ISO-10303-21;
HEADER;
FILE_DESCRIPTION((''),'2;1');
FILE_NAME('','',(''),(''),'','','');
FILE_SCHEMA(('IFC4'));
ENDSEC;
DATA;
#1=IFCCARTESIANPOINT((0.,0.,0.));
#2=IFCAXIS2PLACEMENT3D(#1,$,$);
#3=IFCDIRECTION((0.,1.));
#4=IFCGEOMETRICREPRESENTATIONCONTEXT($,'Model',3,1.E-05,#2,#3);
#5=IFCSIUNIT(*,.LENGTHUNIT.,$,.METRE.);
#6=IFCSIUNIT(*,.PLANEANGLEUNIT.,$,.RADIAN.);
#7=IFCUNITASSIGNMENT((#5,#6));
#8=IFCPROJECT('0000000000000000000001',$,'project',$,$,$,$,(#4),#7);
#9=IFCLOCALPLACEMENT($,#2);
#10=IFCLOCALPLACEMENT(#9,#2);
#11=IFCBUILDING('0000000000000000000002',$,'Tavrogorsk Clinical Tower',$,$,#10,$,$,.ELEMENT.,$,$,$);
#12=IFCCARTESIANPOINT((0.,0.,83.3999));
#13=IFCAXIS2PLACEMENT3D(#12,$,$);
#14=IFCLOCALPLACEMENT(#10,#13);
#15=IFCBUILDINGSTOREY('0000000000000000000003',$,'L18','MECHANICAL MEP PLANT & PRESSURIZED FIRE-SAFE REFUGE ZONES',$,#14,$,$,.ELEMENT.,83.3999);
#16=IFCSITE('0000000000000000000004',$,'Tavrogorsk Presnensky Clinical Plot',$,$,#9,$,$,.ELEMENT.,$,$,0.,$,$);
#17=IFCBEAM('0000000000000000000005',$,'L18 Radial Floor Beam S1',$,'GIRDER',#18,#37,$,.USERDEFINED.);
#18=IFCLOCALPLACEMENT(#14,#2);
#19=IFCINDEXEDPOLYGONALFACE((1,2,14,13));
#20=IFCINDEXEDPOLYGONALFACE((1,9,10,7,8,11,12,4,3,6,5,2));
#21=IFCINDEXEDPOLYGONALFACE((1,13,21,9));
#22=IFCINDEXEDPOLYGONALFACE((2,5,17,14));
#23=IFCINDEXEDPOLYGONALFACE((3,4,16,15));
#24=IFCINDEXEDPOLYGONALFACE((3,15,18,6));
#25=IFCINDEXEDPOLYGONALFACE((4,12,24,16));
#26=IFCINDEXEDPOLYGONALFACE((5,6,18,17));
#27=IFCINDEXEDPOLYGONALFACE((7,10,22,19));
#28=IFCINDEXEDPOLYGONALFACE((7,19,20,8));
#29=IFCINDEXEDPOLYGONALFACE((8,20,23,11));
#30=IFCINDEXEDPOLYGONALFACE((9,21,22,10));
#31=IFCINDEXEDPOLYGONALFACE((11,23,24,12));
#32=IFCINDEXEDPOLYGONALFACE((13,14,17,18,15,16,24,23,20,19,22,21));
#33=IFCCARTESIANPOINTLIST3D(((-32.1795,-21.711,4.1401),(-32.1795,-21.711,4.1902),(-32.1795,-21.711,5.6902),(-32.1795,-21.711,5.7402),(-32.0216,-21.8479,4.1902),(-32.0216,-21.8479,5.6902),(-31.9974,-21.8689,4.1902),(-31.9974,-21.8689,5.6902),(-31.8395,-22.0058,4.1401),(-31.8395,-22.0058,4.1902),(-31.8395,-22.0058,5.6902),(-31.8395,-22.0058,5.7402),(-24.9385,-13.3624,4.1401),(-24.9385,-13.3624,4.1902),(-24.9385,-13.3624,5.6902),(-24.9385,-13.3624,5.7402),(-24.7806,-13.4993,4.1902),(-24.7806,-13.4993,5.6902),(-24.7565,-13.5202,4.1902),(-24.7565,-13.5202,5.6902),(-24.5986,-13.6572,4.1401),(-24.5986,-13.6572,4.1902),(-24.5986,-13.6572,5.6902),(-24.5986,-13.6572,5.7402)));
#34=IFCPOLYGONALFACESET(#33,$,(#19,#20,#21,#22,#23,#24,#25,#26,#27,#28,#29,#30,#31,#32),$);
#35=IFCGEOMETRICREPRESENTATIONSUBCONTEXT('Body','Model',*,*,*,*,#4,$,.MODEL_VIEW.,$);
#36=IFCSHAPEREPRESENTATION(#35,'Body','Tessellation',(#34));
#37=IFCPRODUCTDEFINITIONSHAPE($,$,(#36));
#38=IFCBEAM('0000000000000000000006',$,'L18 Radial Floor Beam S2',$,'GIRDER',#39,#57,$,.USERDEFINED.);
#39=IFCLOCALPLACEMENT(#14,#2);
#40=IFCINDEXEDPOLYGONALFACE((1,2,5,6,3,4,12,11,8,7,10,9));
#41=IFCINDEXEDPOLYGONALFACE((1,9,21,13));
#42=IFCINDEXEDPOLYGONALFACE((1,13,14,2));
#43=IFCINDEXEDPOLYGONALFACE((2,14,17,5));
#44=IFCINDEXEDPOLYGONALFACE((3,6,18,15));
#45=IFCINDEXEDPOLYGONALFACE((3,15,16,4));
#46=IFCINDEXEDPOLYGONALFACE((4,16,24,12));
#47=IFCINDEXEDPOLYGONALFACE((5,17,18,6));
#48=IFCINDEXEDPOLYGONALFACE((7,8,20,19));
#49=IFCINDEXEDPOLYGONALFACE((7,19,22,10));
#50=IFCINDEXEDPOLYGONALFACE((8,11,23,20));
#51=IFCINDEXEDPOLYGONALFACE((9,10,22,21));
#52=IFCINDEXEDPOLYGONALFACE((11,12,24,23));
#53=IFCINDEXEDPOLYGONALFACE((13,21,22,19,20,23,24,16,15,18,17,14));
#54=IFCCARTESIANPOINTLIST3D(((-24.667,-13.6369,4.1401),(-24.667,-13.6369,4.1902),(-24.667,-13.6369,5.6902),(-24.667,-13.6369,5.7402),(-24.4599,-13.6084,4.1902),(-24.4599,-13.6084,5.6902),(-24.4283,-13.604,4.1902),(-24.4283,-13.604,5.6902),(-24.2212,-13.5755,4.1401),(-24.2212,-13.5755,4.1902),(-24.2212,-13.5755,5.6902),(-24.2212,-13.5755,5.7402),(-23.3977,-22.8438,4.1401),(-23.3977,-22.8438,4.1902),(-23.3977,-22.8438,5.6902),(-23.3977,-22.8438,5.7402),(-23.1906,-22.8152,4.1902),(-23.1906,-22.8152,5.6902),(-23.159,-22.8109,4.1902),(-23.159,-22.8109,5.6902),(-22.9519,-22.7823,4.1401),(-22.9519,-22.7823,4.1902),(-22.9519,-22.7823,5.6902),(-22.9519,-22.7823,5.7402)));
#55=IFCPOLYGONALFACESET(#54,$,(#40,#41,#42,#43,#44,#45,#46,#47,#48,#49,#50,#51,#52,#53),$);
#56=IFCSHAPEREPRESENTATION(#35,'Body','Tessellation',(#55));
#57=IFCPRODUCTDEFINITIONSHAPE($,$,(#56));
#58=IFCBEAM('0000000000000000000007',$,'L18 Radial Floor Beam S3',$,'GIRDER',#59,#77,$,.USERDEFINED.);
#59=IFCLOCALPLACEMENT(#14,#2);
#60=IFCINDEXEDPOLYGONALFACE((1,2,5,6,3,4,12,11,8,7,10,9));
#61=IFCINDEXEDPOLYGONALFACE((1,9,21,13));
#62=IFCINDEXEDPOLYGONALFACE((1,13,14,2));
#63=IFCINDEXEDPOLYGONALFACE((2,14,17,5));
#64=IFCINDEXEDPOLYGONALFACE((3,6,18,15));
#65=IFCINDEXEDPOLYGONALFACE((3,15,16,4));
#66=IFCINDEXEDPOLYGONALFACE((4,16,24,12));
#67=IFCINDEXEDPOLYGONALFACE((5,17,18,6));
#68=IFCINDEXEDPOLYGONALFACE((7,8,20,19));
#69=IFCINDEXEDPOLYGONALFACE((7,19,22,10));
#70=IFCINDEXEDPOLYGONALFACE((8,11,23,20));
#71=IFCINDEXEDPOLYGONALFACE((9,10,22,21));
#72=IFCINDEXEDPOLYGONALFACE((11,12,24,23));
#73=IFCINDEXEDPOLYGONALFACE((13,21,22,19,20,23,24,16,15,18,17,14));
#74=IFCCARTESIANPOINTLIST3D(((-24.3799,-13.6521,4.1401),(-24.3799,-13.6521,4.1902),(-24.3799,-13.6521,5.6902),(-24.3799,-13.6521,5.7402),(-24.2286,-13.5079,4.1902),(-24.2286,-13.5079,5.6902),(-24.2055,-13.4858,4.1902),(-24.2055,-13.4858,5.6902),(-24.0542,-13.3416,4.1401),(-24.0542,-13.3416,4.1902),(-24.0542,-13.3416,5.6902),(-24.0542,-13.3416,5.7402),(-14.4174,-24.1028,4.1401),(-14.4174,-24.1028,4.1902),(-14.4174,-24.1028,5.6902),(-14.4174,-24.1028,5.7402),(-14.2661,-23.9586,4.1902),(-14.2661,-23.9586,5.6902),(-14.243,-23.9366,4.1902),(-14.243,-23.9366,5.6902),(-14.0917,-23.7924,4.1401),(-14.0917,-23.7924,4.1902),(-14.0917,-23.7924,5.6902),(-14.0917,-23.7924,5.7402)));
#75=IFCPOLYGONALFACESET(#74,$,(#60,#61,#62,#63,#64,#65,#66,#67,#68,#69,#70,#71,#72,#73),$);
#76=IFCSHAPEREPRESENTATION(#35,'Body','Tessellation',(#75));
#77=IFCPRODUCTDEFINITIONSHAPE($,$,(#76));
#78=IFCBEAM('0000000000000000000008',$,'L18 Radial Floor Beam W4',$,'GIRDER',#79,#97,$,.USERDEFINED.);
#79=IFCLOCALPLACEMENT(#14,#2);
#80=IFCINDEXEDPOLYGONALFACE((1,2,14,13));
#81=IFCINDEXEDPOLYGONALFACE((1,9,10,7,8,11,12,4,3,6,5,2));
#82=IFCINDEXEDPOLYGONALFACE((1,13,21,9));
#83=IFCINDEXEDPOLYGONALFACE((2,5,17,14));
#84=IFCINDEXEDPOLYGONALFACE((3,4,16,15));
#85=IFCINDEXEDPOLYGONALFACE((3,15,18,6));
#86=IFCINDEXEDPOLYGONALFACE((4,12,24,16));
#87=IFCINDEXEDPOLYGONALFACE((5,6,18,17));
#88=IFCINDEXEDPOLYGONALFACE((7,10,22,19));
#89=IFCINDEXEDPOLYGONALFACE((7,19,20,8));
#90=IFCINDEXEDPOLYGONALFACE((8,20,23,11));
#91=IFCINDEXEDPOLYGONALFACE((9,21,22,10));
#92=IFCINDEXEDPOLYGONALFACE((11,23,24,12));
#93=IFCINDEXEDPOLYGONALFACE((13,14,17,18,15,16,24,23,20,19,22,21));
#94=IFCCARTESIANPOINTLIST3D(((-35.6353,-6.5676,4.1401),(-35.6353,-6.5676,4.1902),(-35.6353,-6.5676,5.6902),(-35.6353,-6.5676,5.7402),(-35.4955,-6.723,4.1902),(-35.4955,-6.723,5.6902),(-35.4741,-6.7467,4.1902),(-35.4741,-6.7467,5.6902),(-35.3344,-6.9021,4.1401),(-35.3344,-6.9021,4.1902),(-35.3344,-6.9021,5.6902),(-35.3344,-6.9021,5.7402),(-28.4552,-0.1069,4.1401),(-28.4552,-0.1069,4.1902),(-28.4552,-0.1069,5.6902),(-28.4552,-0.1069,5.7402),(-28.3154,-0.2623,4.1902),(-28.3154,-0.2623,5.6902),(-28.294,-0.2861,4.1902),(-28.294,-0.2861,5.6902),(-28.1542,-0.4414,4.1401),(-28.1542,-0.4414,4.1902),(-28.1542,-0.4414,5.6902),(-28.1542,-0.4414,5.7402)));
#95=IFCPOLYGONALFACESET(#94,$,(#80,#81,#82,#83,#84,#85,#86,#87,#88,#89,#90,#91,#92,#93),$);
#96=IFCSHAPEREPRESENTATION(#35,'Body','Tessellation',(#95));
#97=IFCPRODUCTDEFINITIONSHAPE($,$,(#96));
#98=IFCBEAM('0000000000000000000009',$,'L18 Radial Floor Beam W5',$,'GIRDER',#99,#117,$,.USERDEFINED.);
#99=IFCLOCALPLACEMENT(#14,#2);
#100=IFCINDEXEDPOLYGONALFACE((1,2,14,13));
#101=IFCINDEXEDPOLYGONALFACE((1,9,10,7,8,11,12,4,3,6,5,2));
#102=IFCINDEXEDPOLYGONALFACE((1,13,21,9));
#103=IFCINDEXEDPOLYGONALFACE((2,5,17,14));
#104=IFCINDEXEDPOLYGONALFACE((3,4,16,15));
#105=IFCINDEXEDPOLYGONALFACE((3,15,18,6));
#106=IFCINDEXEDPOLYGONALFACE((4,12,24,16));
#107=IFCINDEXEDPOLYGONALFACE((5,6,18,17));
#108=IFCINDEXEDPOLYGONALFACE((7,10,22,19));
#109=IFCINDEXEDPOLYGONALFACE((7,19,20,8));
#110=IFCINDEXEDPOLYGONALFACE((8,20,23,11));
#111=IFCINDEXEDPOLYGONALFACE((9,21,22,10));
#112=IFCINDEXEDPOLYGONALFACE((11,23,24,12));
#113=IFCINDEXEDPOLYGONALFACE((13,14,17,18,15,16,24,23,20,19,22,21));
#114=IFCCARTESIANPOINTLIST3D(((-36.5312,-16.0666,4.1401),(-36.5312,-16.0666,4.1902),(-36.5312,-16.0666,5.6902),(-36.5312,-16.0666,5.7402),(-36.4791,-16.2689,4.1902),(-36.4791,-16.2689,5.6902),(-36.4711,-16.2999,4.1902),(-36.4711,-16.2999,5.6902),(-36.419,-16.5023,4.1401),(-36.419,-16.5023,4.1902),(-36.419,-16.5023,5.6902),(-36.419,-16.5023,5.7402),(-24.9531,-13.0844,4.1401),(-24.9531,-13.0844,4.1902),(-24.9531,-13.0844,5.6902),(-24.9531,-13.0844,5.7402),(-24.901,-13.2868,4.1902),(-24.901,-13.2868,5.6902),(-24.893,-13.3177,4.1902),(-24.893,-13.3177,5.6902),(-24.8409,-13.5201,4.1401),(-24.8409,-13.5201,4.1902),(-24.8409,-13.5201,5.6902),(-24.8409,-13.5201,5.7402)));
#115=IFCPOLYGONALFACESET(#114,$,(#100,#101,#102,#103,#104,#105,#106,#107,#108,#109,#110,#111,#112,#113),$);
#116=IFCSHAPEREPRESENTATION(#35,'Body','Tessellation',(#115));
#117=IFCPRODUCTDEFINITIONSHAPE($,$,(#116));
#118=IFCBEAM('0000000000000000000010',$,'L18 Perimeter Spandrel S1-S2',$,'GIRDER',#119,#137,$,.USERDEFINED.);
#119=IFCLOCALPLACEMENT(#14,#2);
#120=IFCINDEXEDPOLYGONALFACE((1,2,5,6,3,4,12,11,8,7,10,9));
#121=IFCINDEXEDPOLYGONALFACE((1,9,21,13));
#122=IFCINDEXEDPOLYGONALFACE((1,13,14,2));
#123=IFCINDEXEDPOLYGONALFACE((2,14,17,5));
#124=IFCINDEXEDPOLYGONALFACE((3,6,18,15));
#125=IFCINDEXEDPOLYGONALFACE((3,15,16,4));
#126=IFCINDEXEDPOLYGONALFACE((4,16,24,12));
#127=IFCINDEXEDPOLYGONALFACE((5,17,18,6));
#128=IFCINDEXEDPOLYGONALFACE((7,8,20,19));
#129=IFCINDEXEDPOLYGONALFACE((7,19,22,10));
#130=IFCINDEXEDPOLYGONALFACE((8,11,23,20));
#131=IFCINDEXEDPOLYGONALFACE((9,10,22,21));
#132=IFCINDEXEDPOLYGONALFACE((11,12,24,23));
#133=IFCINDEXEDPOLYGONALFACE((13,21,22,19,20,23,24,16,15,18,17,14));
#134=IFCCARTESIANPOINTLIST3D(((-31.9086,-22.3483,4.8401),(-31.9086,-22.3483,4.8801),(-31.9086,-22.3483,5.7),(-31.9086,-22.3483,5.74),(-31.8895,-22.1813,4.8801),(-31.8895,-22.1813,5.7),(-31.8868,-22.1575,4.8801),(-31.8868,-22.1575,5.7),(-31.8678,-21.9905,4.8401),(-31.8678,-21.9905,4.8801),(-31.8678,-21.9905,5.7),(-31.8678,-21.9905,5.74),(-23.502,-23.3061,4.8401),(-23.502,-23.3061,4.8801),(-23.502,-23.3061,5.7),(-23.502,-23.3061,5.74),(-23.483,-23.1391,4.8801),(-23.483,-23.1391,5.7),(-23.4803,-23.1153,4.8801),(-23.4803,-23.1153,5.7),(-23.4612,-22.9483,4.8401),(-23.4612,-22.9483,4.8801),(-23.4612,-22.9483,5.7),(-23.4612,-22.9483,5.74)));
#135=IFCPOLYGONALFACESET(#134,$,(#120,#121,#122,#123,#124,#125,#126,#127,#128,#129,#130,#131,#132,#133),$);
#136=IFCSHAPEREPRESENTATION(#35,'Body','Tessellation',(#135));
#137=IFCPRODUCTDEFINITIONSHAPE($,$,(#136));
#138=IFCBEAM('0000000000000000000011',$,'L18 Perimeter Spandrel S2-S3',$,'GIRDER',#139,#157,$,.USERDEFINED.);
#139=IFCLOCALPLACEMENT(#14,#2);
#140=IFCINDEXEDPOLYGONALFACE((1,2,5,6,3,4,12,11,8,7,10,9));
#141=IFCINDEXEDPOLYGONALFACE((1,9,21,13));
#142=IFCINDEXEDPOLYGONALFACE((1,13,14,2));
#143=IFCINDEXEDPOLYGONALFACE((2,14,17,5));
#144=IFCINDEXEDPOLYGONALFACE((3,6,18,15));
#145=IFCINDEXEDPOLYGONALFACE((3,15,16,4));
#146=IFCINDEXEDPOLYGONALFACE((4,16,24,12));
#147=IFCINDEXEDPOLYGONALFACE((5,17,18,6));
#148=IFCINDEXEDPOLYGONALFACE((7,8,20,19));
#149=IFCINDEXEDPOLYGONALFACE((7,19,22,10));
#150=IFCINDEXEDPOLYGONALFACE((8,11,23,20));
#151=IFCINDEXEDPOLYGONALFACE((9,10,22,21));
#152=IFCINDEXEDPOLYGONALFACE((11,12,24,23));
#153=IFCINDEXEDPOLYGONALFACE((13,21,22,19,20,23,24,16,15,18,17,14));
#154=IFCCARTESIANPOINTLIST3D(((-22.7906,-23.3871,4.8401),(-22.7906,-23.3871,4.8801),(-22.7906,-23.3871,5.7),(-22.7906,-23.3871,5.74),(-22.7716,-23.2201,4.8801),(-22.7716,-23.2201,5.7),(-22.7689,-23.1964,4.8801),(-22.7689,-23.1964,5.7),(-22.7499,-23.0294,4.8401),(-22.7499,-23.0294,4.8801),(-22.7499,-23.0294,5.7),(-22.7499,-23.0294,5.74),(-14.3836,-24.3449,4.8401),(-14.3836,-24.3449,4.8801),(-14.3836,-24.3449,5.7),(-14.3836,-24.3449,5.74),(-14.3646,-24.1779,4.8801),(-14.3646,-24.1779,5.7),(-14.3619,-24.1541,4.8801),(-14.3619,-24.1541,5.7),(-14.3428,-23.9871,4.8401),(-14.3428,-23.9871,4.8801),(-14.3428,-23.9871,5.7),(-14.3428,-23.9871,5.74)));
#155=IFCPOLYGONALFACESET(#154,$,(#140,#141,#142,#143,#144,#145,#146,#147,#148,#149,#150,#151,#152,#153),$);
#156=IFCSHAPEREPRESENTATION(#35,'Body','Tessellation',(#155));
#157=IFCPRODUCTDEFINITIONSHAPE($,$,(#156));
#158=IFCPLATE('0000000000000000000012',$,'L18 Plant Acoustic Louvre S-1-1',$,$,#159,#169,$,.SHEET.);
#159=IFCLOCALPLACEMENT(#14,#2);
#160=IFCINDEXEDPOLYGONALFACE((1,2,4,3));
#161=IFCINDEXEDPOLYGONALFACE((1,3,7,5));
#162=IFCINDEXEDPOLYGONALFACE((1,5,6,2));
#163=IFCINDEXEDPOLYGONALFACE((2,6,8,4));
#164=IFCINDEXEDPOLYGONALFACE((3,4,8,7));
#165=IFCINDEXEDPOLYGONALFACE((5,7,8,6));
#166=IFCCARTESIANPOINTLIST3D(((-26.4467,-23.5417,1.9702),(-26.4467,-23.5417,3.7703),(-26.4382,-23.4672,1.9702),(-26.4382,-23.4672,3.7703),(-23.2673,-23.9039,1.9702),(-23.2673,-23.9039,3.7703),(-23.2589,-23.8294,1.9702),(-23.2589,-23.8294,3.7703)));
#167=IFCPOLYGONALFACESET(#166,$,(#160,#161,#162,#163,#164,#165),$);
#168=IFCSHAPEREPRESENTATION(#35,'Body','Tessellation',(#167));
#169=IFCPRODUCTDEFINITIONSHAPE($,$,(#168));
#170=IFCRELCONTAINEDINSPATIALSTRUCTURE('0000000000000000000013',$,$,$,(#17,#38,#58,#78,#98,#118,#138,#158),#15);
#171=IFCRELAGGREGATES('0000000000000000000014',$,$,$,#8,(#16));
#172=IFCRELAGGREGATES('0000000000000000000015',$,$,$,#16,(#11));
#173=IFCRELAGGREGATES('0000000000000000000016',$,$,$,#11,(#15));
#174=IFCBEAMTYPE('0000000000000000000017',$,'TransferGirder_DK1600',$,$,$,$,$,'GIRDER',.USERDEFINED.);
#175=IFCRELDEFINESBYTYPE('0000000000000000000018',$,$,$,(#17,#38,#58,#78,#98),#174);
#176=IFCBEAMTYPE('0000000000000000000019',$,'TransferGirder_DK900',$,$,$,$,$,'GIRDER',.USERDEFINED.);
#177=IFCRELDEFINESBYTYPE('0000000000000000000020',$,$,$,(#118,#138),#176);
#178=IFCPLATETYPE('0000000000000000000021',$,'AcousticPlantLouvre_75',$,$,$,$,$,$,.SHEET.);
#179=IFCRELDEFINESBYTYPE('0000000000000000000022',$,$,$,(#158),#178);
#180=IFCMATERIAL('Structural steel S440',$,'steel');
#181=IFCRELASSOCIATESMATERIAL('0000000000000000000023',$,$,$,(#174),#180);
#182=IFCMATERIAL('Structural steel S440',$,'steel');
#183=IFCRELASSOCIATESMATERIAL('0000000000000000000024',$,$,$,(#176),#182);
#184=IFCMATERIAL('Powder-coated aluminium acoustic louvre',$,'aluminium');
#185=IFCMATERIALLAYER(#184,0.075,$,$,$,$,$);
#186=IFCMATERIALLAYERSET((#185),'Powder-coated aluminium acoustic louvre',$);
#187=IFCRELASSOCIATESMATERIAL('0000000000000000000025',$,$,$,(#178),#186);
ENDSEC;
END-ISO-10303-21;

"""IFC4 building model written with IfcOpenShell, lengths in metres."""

from ifc_helpers import new_model, si_unit, direction, frame, origin, origin_2d, place, context, subcontext, project, spatial, rectangle, i_section, extrude, material, layer, layer_set, material_profile, profile_set, type_object, element, save


model = new_model("IFC4")

# Units and contexts
model_context = context("Model", 3, precision=1e-05, world=origin(), true_north=direction((0.0, 1.0)))
body_context = subcontext(model_context, "Body", "Model", "MODEL_VIEW")
ifc_project = project(units=[si_unit("LENGTHUNIT", "METRE"), si_unit("PLANEANGLEUNIT", "RADIAN")], contexts=[model_context])

# Site, building, storey
site_placement = place(None, origin())
site = spatial("IfcSite", under=ifc_project, at=site_placement, Name="Tavrogorsk Presnensky Clinical Plot", CompositionType="ELEMENT", RefElevation=0.0)
building_placement = place(site_placement, origin())
building = spatial("IfcBuilding", under=site, at=building_placement, Name="Tavrogorsk Clinical Tower", CompositionType="ELEMENT")
storey_placement = place(building_placement, frame((0.0, 0.0, 83.3999)))
storey = spatial("IfcBuildingStorey", under=building, at=storey_placement, Name="L18", Description="MECHANICAL MEP PLANT & PRESSURIZED FIRE-SAFE REFUGE ZONES", CompositionType="ELEMENT", Elevation=83.3999)

# Beams
ifc_material_1 = material(Name="Structural steel S440", Category="steel")
ifc_material_profile_1 = material_profile(ifc_material_1, i_section(OverallWidth=0.45, OverallDepth=1.6001, WebThickness=0.032, FlangeThickness=0.05, at=origin_2d()), Name="DK-1600x450x32x50")
ifc_profile_set_1 = profile_set([ifc_material_profile_1], Name="Structural steel S440")
beam_type_1 = type_object("IfcBeamType", Name="TransferGirder_DK1600", ElementType="GIRDER", PredefinedType="USERDEFINED", material=ifc_profile_set_1)
beam_1_placement = place(storey_placement, frame((-24.7686, -13.5098, 4.9402), z_axis=(-0.655214, -0.755443, 0.0), x_axis=(0.755443, -0.655214, 0.0)))
element("IfcBeam", 1, at=beam_1_placement, inside=storey, type_object=beam_type_1, Name="L18 Radial Floor Beam S1", ObjectType="GIRDER", PredefinedType="USERDEFINED", context=body_context, shape_type="SweptSolid", body=[
    extrude(i_section(OverallWidth=0.45, OverallDepth=1.6001, WebThickness=0.032, FlangeThickness=0.05, at=origin_2d()), origin(), (0.0, 0.0, 1.0), 11.0513),
])
beam_2_placement = place(storey_placement, frame((-24.4441, -13.6062, 4.9402), z_axis=(0.136573, -0.99063, 0.0), x_axis=(0.99063, 0.136573, 0.0)))
element("IfcBeam", 2, at=beam_2_placement, inside=storey, type_object=beam_type_1, Name="L18 Radial Floor Beam S2", ObjectType="GIRDER", PredefinedType="USERDEFINED", context=body_context, shape_type="SweptSolid", body=[
    extrude(i_section(OverallWidth=0.45, OverallDepth=1.6001, WebThickness=0.032, FlangeThickness=0.05, at=origin_2d()), origin(), (0.0, 0.0, 1.0), 9.2939),
])
beam_3_placement = place(storey_placement, frame((-24.217, -13.4968, 4.9402), z_axis=(0.689995, -0.723814, 0.0), x_axis=(0.723814, 0.689995, 0.0)))
element("IfcBeam", 3, at=beam_3_placement, inside=storey, type_object=beam_type_1, Name="L18 Radial Floor Beam S3", ObjectType="GIRDER", PredefinedType="USERDEFINED", context=body_context, shape_type="SweptSolid", body=[
    extrude(i_section(OverallWidth=0.45, OverallDepth=1.6001, WebThickness=0.032, FlangeThickness=0.05, at=origin_2d()), origin(), (0.0, 0.0, 1.0), 14.4385),
])
beam_4_placement = place(storey_placement, frame((-28.3047, -0.2742, 4.9402), z_axis=(-0.74337, -0.668881, 0.0), x_axis=(0.668881, -0.74337, 0.0)))
element("IfcBeam", 4, at=beam_4_placement, inside=storey, type_object=beam_type_1, Name="L18 Radial Floor Beam W4", ObjectType="GIRDER", PredefinedType="USERDEFINED", context=body_context, shape_type="SweptSolid", body=[
    extrude(i_section(OverallWidth=0.45, OverallDepth=1.6001, WebThickness=0.032, FlangeThickness=0.05, at=origin_2d()), origin(), (0.0, 0.0, 1.0), 9.6589),
])
beam_5_placement = place(storey_placement, frame((-24.897, -13.3022, 4.9402), z_axis=(-0.968393, -0.249429, 0.0), x_axis=(0.249429, -0.968393, 0.0)))
element("IfcBeam", 5, at=beam_5_placement, inside=storey, type_object=beam_type_1, Name="L18 Radial Floor Beam W5", ObjectType="GIRDER", PredefinedType="USERDEFINED", context=body_context, shape_type="SweptSolid", body=[
    extrude(i_section(OverallWidth=0.45, OverallDepth=1.6001, WebThickness=0.032, FlangeThickness=0.05, at=origin_2d()), origin(), (0.0, 0.0, 1.0), 11.9561),
])
ifc_material_2 = material(Name="Structural steel S440", Category="steel")
ifc_material_profile_2 = material_profile(ifc_material_2, i_section(OverallWidth=0.3601, OverallDepth=0.8999, WebThickness=0.0239, FlangeThickness=0.04, at=origin_2d()), Name="DK-900x360x24x40")
ifc_profile_set_2 = profile_set([ifc_material_profile_2], Name="Structural steel S440")
beam_type_2 = type_object("IfcBeamType", Name="TransferGirder_DK900", ElementType="GIRDER", PredefinedType="USERDEFINED", material=ifc_profile_set_2)
beam_6_placement = place(storey_placement, frame((-31.8882, -22.1694, 5.29), z_axis=(0.993572, -0.113199, 0.0), x_axis=(0.113199, 0.993572, 0.0)))
element("IfcBeam", 6, at=beam_6_placement, inside=storey, type_object=beam_type_2, Name="L18 Perimeter Spandrel S1-S2", ObjectType="GIRDER", PredefinedType="USERDEFINED", context=body_context, shape_type="SweptSolid", body=[
    extrude(i_section(OverallWidth=0.3601, OverallDepth=0.8999, WebThickness=0.0239, FlangeThickness=0.04, at=origin_2d()), origin(), (0.0, 0.0, 1.0), 8.4609),
])
beam_7_placement = place(storey_placement, frame((-22.7703, -23.2083, 5.29), z_axis=(0.993573, -0.113193, 0.0), x_axis=(0.113193, 0.993573, 0.0)))
element("IfcBeam", 7, at=beam_7_placement, inside=storey, type_object=beam_type_2, Name="L18 Perimeter Spandrel S2-S3", ObjectType="GIRDER", PredefinedType="USERDEFINED", context=body_context, shape_type="SweptSolid", body=[
    extrude(i_section(OverallWidth=0.3601, OverallDepth=0.8999, WebThickness=0.0239, FlangeThickness=0.04, at=origin_2d()), origin(), (0.0, 0.0, 1.0), 8.4614),
])

# Plate
ifc_material_3 = material(Name="Powder-coated aluminium acoustic louvre", Category="aluminium")
ifc_layer_1 = layer(ifc_material_3, 0.075)
ifc_layer_set_1 = layer_set([ifc_layer_1], Name="Powder-coated aluminium acoustic louvre")
plate_type = type_object("IfcPlateType", Name="AcousticPlantLouvre_75", PredefinedType="SHEET", material=ifc_layer_set_1)
plate_placement = place(storey_placement, frame((-24.8528, -23.6855, 1.9702), z_axis=(0.0, 0.0, 1.0), x_axis=(0.993572, -0.113204, 0.0)))
element("IfcPlate", 8, at=plate_placement, inside=storey, type_object=plate_type, Name="L18 Plant Acoustic Louvre S-1-1", PredefinedType="SHEET", context=body_context, shape_type="SweptSolid", body=[
    extrude(rectangle(XDim=3.2, YDim=0.075, at=origin_2d()), origin(), (0.0, 0.0, 1.0), 1.8),
])

save(model, "model.ifc")
